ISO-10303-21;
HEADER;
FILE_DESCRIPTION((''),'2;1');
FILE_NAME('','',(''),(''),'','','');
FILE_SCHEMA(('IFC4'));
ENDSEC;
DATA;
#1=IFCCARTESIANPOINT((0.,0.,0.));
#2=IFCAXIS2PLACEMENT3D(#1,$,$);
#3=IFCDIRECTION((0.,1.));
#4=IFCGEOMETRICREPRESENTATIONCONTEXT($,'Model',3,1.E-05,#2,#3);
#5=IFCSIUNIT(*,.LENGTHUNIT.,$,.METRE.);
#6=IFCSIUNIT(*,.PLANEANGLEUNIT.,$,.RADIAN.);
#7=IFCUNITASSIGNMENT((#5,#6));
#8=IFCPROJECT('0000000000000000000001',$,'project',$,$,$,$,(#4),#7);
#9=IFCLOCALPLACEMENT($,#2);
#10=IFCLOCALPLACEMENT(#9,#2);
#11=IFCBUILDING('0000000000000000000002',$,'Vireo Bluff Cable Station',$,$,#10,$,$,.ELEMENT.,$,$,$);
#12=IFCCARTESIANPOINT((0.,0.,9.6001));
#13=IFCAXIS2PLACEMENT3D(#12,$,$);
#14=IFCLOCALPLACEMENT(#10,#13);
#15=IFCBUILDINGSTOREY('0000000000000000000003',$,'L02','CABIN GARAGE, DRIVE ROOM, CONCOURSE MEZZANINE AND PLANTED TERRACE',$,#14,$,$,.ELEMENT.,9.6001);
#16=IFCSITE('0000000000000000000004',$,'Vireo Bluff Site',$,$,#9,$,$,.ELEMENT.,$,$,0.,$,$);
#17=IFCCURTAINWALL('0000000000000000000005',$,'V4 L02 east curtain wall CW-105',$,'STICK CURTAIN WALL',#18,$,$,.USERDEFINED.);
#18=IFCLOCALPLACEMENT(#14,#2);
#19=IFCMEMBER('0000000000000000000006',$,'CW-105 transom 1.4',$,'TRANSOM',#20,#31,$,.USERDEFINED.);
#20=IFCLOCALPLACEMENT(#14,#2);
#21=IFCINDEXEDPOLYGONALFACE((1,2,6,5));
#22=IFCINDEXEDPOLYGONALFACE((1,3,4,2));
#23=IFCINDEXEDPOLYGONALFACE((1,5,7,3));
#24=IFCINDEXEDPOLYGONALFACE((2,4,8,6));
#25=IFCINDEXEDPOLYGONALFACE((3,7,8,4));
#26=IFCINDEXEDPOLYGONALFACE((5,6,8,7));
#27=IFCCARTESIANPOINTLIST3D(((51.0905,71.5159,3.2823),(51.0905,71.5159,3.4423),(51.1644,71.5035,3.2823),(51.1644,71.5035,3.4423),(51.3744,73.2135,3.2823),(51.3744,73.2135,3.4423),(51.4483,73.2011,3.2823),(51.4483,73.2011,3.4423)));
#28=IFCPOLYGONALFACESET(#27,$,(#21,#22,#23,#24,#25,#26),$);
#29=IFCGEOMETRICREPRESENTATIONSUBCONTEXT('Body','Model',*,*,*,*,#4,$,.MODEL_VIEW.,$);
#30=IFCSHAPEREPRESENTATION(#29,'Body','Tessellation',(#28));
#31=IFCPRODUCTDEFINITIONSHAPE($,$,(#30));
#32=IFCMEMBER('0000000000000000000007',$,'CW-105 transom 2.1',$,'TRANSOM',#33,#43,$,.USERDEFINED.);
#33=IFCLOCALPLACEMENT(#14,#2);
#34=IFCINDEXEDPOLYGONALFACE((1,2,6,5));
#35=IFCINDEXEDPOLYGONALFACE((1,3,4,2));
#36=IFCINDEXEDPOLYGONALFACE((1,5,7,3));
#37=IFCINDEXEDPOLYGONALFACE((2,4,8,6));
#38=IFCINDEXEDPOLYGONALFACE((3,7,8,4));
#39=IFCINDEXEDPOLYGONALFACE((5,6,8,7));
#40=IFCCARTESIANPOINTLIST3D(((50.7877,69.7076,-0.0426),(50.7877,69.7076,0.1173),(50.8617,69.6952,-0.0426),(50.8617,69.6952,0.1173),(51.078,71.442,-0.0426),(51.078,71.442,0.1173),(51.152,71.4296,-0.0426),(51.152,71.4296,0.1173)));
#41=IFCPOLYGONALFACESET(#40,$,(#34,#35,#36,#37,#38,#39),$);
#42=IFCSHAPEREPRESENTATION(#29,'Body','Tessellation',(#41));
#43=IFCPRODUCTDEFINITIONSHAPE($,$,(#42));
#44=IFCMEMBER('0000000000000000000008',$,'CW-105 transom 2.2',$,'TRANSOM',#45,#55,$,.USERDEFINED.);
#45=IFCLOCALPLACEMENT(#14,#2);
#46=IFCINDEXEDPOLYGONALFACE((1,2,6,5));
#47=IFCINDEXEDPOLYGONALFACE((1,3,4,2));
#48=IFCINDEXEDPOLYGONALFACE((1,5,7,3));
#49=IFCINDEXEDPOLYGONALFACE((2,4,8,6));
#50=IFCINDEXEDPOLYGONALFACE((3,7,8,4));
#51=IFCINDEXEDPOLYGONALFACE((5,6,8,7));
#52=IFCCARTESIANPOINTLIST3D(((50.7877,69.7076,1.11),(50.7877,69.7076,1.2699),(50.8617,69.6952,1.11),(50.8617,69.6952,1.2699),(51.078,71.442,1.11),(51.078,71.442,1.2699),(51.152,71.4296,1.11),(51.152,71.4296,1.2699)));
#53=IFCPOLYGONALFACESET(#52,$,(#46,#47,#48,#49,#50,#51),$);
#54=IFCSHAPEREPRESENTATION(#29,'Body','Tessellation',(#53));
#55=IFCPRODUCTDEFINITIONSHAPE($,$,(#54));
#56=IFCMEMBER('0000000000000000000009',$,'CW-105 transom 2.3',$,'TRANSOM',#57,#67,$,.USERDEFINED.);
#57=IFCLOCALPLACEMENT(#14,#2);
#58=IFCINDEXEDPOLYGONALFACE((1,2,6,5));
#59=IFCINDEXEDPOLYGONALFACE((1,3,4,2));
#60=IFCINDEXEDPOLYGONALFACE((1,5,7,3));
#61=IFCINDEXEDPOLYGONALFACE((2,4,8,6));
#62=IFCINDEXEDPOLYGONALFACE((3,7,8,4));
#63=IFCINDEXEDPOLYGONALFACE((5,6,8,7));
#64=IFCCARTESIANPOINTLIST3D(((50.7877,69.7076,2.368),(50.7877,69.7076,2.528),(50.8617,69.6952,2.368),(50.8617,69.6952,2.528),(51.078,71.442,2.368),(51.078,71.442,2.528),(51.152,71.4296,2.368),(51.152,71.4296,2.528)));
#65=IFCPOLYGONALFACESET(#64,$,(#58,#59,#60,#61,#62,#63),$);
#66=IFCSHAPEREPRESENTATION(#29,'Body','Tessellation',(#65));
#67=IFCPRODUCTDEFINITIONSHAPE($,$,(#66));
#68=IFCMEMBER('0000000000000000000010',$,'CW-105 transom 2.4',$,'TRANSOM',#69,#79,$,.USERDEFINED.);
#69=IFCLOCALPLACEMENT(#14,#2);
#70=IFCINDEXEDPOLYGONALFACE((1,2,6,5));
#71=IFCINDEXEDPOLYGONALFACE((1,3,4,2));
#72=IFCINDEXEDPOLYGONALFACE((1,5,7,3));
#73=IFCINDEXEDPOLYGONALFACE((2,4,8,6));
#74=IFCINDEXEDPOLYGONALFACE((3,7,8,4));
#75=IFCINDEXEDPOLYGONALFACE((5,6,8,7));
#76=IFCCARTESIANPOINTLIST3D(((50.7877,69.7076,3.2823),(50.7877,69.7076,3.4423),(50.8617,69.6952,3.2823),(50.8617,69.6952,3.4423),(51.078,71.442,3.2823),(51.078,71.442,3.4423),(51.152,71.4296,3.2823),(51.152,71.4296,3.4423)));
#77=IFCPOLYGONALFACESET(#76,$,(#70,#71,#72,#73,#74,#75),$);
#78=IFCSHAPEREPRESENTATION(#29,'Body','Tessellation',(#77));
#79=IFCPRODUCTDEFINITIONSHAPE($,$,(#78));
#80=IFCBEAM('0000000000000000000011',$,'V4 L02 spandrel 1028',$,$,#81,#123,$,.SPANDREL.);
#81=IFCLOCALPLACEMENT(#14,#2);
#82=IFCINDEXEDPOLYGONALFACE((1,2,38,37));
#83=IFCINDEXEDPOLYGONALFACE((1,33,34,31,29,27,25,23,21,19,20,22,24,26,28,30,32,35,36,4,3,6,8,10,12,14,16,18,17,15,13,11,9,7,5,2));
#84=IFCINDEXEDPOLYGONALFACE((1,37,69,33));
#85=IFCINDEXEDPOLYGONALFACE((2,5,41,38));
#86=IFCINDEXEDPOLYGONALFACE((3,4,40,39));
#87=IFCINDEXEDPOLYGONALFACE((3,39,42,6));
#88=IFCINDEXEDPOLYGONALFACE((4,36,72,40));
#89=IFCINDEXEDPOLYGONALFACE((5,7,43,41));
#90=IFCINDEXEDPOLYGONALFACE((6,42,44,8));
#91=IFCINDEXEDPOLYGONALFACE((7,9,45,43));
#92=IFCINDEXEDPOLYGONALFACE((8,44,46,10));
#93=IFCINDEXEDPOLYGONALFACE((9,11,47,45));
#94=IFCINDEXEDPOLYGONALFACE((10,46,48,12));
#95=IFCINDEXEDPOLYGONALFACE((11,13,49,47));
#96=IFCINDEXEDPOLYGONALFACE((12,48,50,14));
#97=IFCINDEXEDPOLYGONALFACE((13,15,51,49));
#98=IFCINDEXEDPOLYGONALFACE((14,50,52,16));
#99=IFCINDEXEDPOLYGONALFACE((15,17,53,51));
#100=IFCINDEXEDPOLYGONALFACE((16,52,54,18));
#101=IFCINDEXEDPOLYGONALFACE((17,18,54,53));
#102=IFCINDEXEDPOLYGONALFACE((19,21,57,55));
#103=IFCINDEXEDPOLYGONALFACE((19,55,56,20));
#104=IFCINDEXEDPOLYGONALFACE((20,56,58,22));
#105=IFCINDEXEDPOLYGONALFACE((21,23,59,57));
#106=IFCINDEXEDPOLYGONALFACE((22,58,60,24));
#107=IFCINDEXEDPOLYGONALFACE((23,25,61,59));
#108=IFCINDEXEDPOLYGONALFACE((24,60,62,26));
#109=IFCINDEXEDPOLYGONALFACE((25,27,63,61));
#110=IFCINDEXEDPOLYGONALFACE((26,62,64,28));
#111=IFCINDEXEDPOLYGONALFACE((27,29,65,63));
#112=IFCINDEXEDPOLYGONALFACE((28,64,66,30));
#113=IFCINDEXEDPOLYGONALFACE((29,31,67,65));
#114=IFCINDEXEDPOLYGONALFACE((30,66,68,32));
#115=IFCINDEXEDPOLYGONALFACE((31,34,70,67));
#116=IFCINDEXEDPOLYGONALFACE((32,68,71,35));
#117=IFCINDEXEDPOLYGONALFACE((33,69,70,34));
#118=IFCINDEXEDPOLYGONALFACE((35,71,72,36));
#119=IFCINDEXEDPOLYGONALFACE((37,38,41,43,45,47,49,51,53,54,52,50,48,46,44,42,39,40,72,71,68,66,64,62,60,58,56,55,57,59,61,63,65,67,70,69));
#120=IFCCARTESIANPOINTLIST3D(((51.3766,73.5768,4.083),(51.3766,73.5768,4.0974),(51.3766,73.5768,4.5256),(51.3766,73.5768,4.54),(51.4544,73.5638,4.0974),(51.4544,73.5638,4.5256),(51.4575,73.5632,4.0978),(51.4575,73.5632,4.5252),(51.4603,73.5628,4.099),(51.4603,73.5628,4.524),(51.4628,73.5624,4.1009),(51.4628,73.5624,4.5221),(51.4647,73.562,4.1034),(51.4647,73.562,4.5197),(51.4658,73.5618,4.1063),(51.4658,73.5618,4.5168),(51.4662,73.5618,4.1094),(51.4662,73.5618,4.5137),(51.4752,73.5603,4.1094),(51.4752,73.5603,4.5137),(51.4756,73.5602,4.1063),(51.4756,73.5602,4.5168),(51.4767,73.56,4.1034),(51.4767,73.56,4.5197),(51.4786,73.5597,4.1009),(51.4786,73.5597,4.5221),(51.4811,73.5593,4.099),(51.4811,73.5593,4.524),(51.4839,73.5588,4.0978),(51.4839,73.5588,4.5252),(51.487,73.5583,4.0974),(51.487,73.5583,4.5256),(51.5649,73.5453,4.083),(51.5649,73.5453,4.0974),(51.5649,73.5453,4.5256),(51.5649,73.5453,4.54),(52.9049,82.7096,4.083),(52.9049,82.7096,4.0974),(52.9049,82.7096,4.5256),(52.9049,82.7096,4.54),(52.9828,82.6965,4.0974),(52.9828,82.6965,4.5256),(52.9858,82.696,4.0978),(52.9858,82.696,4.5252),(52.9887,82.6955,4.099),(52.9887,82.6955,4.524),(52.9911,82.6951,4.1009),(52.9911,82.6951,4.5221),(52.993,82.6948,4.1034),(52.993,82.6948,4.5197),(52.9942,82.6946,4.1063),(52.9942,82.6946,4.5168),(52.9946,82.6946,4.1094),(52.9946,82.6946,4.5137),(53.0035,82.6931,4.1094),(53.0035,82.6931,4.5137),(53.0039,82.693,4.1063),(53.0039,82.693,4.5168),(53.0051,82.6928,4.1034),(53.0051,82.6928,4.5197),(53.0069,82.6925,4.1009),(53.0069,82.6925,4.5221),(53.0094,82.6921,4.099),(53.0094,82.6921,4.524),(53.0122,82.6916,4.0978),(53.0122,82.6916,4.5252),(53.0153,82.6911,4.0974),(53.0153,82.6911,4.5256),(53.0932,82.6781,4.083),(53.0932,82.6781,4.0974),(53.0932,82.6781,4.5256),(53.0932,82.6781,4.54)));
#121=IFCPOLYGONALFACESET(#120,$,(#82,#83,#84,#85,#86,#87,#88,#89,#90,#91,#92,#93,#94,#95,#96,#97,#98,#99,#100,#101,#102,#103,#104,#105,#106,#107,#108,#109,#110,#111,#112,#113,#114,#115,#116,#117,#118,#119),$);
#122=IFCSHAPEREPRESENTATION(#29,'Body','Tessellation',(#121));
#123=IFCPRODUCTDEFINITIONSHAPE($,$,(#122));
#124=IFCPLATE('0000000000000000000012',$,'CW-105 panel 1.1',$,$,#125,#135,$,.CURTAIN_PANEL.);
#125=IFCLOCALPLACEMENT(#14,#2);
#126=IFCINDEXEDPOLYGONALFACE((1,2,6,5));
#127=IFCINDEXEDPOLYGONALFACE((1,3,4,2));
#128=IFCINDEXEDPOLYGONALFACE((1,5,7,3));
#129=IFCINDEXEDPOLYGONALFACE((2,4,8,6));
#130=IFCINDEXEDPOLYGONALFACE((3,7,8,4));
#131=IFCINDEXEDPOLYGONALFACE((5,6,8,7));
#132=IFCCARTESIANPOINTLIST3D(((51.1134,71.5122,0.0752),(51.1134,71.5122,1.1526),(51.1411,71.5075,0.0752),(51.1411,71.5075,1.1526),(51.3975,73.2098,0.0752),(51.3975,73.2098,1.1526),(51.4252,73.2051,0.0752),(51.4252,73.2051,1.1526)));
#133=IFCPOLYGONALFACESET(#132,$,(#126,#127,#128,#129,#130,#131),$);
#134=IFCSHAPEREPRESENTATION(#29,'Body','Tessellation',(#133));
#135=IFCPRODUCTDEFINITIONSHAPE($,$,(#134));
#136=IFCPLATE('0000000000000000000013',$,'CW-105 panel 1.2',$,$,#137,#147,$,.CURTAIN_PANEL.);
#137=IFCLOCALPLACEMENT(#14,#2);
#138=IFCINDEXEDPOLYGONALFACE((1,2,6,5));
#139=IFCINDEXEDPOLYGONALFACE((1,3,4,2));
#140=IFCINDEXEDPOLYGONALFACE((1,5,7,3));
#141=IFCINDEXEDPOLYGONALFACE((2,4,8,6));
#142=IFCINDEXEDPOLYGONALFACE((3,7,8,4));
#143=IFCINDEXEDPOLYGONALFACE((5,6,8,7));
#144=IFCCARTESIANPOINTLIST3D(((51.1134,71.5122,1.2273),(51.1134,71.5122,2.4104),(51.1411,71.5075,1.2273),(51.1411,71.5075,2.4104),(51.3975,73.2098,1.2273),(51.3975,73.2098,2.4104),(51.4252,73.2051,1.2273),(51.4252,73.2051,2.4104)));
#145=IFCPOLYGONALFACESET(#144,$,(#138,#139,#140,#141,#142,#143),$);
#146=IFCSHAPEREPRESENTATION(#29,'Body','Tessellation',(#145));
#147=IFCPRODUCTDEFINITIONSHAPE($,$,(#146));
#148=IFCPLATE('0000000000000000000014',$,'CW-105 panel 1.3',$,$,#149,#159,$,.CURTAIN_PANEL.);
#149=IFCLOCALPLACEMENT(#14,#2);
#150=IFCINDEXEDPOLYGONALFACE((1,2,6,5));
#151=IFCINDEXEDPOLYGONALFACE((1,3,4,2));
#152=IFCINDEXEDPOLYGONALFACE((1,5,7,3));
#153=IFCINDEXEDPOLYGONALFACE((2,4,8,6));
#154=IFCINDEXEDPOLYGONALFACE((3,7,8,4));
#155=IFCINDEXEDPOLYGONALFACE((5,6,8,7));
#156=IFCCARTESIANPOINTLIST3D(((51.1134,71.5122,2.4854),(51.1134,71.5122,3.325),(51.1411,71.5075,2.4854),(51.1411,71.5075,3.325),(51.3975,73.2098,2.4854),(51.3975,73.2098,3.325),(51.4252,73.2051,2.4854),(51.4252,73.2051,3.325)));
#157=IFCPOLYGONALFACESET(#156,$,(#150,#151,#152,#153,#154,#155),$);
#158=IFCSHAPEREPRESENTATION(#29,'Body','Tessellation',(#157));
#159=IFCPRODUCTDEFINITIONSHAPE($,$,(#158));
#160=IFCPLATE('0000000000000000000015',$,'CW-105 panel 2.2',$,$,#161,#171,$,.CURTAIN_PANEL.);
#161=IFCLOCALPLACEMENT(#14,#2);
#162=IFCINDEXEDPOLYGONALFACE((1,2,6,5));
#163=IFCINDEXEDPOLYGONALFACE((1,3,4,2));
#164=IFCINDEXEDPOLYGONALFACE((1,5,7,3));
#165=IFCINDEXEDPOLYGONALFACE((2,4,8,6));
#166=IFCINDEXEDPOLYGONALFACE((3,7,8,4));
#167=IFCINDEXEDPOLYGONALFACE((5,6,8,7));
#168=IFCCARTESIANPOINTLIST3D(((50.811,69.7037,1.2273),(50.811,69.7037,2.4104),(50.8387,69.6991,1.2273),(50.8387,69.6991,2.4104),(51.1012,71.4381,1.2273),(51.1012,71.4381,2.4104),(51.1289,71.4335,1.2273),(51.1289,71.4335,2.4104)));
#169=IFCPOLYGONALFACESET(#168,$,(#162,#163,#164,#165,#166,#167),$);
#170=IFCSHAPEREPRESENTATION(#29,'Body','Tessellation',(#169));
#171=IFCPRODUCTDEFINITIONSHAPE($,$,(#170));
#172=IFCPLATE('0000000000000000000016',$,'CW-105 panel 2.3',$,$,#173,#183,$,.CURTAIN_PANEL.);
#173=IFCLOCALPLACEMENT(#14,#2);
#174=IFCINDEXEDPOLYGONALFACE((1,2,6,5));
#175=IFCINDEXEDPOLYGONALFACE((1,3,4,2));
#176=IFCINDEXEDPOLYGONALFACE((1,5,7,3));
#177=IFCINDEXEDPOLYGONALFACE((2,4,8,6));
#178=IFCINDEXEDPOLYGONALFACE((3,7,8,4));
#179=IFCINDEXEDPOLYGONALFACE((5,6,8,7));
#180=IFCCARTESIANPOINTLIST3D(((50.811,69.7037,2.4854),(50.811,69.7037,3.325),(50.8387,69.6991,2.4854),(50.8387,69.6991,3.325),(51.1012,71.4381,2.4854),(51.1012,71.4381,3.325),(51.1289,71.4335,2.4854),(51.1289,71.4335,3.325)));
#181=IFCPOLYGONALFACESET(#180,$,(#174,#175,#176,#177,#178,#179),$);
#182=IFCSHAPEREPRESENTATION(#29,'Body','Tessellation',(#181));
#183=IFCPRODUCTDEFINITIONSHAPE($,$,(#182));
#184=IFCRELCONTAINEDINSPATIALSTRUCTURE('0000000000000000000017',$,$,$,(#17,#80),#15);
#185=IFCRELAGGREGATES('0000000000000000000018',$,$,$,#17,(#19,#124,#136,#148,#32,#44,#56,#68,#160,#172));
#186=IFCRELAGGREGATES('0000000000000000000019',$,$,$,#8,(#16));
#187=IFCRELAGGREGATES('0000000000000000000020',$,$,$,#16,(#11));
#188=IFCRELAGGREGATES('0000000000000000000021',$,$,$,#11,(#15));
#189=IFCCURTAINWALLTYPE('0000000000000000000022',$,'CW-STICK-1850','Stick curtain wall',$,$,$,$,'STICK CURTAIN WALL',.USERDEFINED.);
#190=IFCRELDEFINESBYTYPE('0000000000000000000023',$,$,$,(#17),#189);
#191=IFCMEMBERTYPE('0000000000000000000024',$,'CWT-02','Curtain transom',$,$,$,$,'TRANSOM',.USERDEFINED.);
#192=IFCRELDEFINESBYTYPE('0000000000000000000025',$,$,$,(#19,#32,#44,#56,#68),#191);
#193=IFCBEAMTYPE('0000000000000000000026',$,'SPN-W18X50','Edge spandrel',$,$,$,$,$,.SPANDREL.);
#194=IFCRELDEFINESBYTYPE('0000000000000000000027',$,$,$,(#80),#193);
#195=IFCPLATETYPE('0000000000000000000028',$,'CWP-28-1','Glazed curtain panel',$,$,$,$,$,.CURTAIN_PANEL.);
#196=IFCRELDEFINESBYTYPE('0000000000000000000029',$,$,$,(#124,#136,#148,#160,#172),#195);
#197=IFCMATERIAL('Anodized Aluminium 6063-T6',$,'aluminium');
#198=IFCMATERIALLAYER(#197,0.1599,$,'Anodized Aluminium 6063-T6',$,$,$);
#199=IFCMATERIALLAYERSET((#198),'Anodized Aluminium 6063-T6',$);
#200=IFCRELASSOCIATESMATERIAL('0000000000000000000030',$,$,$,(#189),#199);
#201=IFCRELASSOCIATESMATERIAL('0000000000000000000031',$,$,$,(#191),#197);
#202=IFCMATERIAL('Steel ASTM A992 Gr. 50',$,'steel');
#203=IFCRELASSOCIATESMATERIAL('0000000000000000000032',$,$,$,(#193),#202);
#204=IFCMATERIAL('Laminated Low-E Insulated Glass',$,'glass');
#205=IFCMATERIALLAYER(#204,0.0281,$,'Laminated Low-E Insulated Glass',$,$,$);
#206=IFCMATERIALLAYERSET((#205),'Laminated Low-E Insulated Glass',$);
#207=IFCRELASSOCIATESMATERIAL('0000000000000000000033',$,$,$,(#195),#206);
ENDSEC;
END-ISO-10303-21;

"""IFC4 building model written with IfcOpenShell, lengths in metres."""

from ifc_helpers import new_model, si_unit, direction, frame, origin, origin_2d, place, context, subcontext, project, spatial, rectangle, i_section, extrude, material, layer, layer_set, material_profile, profile_set, type_object, element, aggregate, save


model = new_model("IFC4")

# Units and contexts
model_context = context("Model", 3, precision=1e-05, world=origin(), true_north=direction((0.0, 1.0)))
body_context = subcontext(model_context, "Body", "Model", "MODEL_VIEW")
ifc_project = project(units=[si_unit("LENGTHUNIT", "METRE"), si_unit("PLANEANGLEUNIT", "RADIAN")], contexts=[model_context])

# Site, building, storey
site_placement = place(None, origin())
site = spatial("IfcSite", under=ifc_project, at=site_placement, Name="Vireo Bluff Site", CompositionType="ELEMENT", RefElevation=0.0)
building_placement = place(site_placement, origin())
building = spatial("IfcBuilding", under=site, at=building_placement, Name="Vireo Bluff Cable Station", CompositionType="ELEMENT")
storey_placement = place(building_placement, frame((0.0, 0.0, 9.6001)))
storey = spatial("IfcBuildingStorey", under=building, at=storey_placement, Name="L02", Description="CABIN GARAGE, DRIVE ROOM, CONCOURSE MEZZANINE AND PLANTED TERRACE", CompositionType="ELEMENT", Elevation=9.6001)

# Shared definitions
ifc_material_1 = material(Name="Steel ASTM A992 Gr. 50", Category="steel")

# Shared definitions
ifc_material_2 = material(Name="Anodized Aluminium 6063-T6", Category="aluminium")

# Curtain wall
ifc_layer_1 = layer(ifc_material_2, 0.1599, Name="Anodized Aluminium 6063-T6")
ifc_layer_set_1 = layer_set([ifc_layer_1], Name="Anodized Aluminium 6063-T6")
curtain_wall_type_1 = type_object("IfcCurtainWallType", Name="CW-STICK-1850", Description="Stick curtain wall", ElementType="STICK CURTAIN WALL", PredefinedType="USERDEFINED", material=ifc_layer_set_1)
curtain_wall_1_placement = place(storey_placement, origin())
curtain_wall_1 = element("IfcCurtainWall", 1, at=curtain_wall_1_placement, inside=storey, type_object=curtain_wall_type_1, Name="V4 L02 east curtain wall CW-105", ObjectType="STICK CURTAIN WALL", PredefinedType="USERDEFINED")

# Members
ifc_material_profile_1 = material_profile(ifc_material_2, rectangle(XDim=0.075, YDim=0.1599, at=origin_2d()), Name="ALU-T-75X160")
ifc_profile_set_1 = profile_set([ifc_material_profile_1], Name="Anodized Aluminium 6063-T6")
member_type_1 = type_object("IfcMemberType", Name="CWT-02", Description="Curtain transom", ElementType="TRANSOM", PredefinedType="USERDEFINED", material=ifc_profile_set_1)
member_1_placement = place(storey_placement, frame((51.4114, 73.2073, 3.3623), z_axis=(-0.164974, -0.986298, 0.0), x_axis=(0.986298, -0.164974, 0.0)))
member_1 = element("IfcMember", 2, at=member_1_placement, type_object=member_type_1, Name="CW-105 transom 1.4", ObjectType="TRANSOM", PredefinedType="USERDEFINED", context=body_context, shape_type="SweptSolid", body=[
    extrude(rectangle(XDim=0.075, YDim=0.1599, at=origin_2d()), origin(), (0.0, 0.0, 1.0), 1.7212),
])
member_2_placement = place(storey_placement, frame((51.115, 71.4358, 0.0374), z_axis=(-0.165074, -0.986281, 0.0), x_axis=(0.986281, -0.165074, 0.0)))
member_2 = element("IfcMember", 3, at=member_2_placement, type_object=member_type_1, Name="CW-105 transom 2.1", ObjectType="TRANSOM", PredefinedType="USERDEFINED", context=body_context, shape_type="SweptSolid", body=[
    extrude(rectangle(XDim=0.075, YDim=0.1599, at=origin_2d()), origin(), (0.0, 0.0, 1.0), 1.7585),
])
member_3_placement = place(storey_placement, frame((51.115, 71.4358, 1.1899), z_axis=(-0.165074, -0.986281, 0.0), x_axis=(0.986281, -0.165074, 0.0)))
member_3 = element("IfcMember", 4, at=member_3_placement, type_object=member_type_1, Name="CW-105 transom 2.2", ObjectType="TRANSOM", PredefinedType="USERDEFINED", context=body_context, shape_type="SweptSolid", body=[
    extrude(rectangle(XDim=0.075, YDim=0.1599, at=origin_2d()), origin(), (0.0, 0.0, 1.0), 1.7585),
])
member_4_placement = place(storey_placement, frame((51.115, 71.4358, 2.448), z_axis=(-0.165074, -0.986281, 0.0), x_axis=(0.986281, -0.165074, 0.0)))
member_4 = element("IfcMember", 5, at=member_4_placement, type_object=member_type_1, Name="CW-105 transom 2.3", ObjectType="TRANSOM", PredefinedType="USERDEFINED", context=body_context, shape_type="SweptSolid", body=[
    extrude(rectangle(XDim=0.075, YDim=0.1599, at=origin_2d()), origin(), (0.0, 0.0, 1.0), 1.7585),
])
member_5_placement = place(storey_placement, frame((51.115, 71.4358, 3.3623), z_axis=(-0.165074, -0.986281, 0.0), x_axis=(0.986281, -0.165074, 0.0)))
member_5 = element("IfcMember", 6, at=member_5_placement, type_object=member_type_1, Name="CW-105 transom 2.4", ObjectType="TRANSOM", PredefinedType="USERDEFINED", context=body_context, shape_type="SweptSolid", body=[
    extrude(rectangle(XDim=0.075, YDim=0.1599, at=origin_2d()), origin(), (0.0, 0.0, 1.0), 1.7585),
])

# Beam
ifc_material_profile_2 = material_profile(ifc_material_1, i_section(OverallWidth=0.1909, OverallDepth=0.457, WebThickness=0.009, FlangeThickness=0.0144, FilletRadius=0.012, at=origin_2d()), Name="W18X50")
ifc_profile_set_2 = profile_set([ifc_material_profile_2], Name="Steel ASTM A992 Gr. 50")
beam_type = type_object("IfcBeamType", Name="SPN-W18X50", Description="Edge spandrel", PredefinedType="SPANDREL", material=ifc_profile_set_2)
beam_placement = place(storey_placement, frame((51.4707, 73.561, 4.3115), z_axis=(0.165049, 0.986285, 0.0), x_axis=(-0.986285, 0.165049, 0.0)))
element("IfcBeam", 7, at=beam_placement, inside=storey, type_object=beam_type, Name="V4 L02 spandrel 1028", PredefinedType="SPANDREL", context=body_context, shape_type="SweptSolid", body=[
    extrude(i_section(OverallWidth=0.1909, OverallDepth=0.457, WebThickness=0.009, FlangeThickness=0.0144, FilletRadius=0.012, at=origin_2d()), origin(), (0.0, 0.0, 1.0), 9.2598),
])

# Plates
ifc_material_3 = material(Name="Laminated Low-E Insulated Glass", Category="glass")
ifc_layer_2 = layer(ifc_material_3, 0.0281, Name="Laminated Low-E Insulated Glass")
ifc_layer_set_2 = layer_set([ifc_layer_2], Name="Laminated Low-E Insulated Glass")
plate_type_1 = type_object("IfcPlateType", Name="CWP-28-1", Description="Glazed curtain panel", PredefinedType="CURTAIN_PANEL", material=ifc_layer_set_2)
plate_1_placement = place(storey_placement, frame((51.2693, 72.3586, 0.0752), z_axis=(0.0, 0.0, 1.0), x_axis=(-0.165048, -0.986286, 0.0)))
plate_1 = element("IfcPlate", 8, at=plate_1_placement, type_object=plate_type_1, Name="CW-105 panel 1.1", PredefinedType="CURTAIN_PANEL", context=body_context, shape_type="SweptSolid", body=[
    extrude(rectangle(XDim=1.7212, YDim=0.0281, at=origin_2d()), origin(), (0.0, 0.0, 1.0), 1.0774),
])
plate_2_placement = place(storey_placement, frame((51.2693, 72.3586, 1.2273), z_axis=(0.0, 0.0, 1.0), x_axis=(-0.165048, -0.986286, 0.0)))
plate_2 = element("IfcPlate", 9, at=plate_2_placement, type_object=plate_type_1, Name="CW-105 panel 1.2", PredefinedType="CURTAIN_PANEL", context=body_context, shape_type="SweptSolid", body=[
    extrude(rectangle(XDim=1.7212, YDim=0.0281, at=origin_2d()), origin(), (0.0, 0.0, 1.0), 1.1831),
])
plate_3_placement = place(storey_placement, frame((51.2693, 72.3586, 2.4854), z_axis=(0.0, 0.0, 1.0), x_axis=(-0.165048, -0.986286, 0.0)))
plate_3 = element("IfcPlate", 10, at=plate_3_placement, type_object=plate_type_1, Name="CW-105 panel 1.3", PredefinedType="CURTAIN_PANEL", context=body_context, shape_type="SweptSolid", body=[
    extrude(rectangle(XDim=1.7212, YDim=0.0281, at=origin_2d()), origin(), (0.0, 0.0, 1.0), 0.8396),
])
plate_4_placement = place(storey_placement, frame((50.97, 70.5686, 1.2273), z_axis=(0.0, 0.0, 1.0), x_axis=(-0.165048, -0.986286, 0.0)))
plate_4 = element("IfcPlate", 11, at=plate_4_placement, type_object=plate_type_1, Name="CW-105 panel 2.2", PredefinedType="CURTAIN_PANEL", context=body_context, shape_type="SweptSolid", body=[
    extrude(rectangle(XDim=1.7585, YDim=0.0281, at=origin_2d()), origin(), (0.0, 0.0, 1.0), 1.1831),
])
plate_5_placement = place(storey_placement, frame((50.97, 70.5686, 2.4854), z_axis=(0.0, 0.0, 1.0), x_axis=(-0.165048, -0.986286, 0.0)))
plate_5 = element("IfcPlate", 12, at=plate_5_placement, type_object=plate_type_1, Name="CW-105 panel 2.3", PredefinedType="CURTAIN_PANEL", context=body_context, shape_type="SweptSolid", body=[
    extrude(rectangle(XDim=1.7585, YDim=0.0281, at=origin_2d()), origin(), (0.0, 0.0, 1.0), 0.8396),
])
aggregate(curtain_wall_1, [member_1, plate_1, plate_2, plate_3, member_2, member_3, member_4, member_5, plate_4, plate_5])

save(model, "model.ifc")
